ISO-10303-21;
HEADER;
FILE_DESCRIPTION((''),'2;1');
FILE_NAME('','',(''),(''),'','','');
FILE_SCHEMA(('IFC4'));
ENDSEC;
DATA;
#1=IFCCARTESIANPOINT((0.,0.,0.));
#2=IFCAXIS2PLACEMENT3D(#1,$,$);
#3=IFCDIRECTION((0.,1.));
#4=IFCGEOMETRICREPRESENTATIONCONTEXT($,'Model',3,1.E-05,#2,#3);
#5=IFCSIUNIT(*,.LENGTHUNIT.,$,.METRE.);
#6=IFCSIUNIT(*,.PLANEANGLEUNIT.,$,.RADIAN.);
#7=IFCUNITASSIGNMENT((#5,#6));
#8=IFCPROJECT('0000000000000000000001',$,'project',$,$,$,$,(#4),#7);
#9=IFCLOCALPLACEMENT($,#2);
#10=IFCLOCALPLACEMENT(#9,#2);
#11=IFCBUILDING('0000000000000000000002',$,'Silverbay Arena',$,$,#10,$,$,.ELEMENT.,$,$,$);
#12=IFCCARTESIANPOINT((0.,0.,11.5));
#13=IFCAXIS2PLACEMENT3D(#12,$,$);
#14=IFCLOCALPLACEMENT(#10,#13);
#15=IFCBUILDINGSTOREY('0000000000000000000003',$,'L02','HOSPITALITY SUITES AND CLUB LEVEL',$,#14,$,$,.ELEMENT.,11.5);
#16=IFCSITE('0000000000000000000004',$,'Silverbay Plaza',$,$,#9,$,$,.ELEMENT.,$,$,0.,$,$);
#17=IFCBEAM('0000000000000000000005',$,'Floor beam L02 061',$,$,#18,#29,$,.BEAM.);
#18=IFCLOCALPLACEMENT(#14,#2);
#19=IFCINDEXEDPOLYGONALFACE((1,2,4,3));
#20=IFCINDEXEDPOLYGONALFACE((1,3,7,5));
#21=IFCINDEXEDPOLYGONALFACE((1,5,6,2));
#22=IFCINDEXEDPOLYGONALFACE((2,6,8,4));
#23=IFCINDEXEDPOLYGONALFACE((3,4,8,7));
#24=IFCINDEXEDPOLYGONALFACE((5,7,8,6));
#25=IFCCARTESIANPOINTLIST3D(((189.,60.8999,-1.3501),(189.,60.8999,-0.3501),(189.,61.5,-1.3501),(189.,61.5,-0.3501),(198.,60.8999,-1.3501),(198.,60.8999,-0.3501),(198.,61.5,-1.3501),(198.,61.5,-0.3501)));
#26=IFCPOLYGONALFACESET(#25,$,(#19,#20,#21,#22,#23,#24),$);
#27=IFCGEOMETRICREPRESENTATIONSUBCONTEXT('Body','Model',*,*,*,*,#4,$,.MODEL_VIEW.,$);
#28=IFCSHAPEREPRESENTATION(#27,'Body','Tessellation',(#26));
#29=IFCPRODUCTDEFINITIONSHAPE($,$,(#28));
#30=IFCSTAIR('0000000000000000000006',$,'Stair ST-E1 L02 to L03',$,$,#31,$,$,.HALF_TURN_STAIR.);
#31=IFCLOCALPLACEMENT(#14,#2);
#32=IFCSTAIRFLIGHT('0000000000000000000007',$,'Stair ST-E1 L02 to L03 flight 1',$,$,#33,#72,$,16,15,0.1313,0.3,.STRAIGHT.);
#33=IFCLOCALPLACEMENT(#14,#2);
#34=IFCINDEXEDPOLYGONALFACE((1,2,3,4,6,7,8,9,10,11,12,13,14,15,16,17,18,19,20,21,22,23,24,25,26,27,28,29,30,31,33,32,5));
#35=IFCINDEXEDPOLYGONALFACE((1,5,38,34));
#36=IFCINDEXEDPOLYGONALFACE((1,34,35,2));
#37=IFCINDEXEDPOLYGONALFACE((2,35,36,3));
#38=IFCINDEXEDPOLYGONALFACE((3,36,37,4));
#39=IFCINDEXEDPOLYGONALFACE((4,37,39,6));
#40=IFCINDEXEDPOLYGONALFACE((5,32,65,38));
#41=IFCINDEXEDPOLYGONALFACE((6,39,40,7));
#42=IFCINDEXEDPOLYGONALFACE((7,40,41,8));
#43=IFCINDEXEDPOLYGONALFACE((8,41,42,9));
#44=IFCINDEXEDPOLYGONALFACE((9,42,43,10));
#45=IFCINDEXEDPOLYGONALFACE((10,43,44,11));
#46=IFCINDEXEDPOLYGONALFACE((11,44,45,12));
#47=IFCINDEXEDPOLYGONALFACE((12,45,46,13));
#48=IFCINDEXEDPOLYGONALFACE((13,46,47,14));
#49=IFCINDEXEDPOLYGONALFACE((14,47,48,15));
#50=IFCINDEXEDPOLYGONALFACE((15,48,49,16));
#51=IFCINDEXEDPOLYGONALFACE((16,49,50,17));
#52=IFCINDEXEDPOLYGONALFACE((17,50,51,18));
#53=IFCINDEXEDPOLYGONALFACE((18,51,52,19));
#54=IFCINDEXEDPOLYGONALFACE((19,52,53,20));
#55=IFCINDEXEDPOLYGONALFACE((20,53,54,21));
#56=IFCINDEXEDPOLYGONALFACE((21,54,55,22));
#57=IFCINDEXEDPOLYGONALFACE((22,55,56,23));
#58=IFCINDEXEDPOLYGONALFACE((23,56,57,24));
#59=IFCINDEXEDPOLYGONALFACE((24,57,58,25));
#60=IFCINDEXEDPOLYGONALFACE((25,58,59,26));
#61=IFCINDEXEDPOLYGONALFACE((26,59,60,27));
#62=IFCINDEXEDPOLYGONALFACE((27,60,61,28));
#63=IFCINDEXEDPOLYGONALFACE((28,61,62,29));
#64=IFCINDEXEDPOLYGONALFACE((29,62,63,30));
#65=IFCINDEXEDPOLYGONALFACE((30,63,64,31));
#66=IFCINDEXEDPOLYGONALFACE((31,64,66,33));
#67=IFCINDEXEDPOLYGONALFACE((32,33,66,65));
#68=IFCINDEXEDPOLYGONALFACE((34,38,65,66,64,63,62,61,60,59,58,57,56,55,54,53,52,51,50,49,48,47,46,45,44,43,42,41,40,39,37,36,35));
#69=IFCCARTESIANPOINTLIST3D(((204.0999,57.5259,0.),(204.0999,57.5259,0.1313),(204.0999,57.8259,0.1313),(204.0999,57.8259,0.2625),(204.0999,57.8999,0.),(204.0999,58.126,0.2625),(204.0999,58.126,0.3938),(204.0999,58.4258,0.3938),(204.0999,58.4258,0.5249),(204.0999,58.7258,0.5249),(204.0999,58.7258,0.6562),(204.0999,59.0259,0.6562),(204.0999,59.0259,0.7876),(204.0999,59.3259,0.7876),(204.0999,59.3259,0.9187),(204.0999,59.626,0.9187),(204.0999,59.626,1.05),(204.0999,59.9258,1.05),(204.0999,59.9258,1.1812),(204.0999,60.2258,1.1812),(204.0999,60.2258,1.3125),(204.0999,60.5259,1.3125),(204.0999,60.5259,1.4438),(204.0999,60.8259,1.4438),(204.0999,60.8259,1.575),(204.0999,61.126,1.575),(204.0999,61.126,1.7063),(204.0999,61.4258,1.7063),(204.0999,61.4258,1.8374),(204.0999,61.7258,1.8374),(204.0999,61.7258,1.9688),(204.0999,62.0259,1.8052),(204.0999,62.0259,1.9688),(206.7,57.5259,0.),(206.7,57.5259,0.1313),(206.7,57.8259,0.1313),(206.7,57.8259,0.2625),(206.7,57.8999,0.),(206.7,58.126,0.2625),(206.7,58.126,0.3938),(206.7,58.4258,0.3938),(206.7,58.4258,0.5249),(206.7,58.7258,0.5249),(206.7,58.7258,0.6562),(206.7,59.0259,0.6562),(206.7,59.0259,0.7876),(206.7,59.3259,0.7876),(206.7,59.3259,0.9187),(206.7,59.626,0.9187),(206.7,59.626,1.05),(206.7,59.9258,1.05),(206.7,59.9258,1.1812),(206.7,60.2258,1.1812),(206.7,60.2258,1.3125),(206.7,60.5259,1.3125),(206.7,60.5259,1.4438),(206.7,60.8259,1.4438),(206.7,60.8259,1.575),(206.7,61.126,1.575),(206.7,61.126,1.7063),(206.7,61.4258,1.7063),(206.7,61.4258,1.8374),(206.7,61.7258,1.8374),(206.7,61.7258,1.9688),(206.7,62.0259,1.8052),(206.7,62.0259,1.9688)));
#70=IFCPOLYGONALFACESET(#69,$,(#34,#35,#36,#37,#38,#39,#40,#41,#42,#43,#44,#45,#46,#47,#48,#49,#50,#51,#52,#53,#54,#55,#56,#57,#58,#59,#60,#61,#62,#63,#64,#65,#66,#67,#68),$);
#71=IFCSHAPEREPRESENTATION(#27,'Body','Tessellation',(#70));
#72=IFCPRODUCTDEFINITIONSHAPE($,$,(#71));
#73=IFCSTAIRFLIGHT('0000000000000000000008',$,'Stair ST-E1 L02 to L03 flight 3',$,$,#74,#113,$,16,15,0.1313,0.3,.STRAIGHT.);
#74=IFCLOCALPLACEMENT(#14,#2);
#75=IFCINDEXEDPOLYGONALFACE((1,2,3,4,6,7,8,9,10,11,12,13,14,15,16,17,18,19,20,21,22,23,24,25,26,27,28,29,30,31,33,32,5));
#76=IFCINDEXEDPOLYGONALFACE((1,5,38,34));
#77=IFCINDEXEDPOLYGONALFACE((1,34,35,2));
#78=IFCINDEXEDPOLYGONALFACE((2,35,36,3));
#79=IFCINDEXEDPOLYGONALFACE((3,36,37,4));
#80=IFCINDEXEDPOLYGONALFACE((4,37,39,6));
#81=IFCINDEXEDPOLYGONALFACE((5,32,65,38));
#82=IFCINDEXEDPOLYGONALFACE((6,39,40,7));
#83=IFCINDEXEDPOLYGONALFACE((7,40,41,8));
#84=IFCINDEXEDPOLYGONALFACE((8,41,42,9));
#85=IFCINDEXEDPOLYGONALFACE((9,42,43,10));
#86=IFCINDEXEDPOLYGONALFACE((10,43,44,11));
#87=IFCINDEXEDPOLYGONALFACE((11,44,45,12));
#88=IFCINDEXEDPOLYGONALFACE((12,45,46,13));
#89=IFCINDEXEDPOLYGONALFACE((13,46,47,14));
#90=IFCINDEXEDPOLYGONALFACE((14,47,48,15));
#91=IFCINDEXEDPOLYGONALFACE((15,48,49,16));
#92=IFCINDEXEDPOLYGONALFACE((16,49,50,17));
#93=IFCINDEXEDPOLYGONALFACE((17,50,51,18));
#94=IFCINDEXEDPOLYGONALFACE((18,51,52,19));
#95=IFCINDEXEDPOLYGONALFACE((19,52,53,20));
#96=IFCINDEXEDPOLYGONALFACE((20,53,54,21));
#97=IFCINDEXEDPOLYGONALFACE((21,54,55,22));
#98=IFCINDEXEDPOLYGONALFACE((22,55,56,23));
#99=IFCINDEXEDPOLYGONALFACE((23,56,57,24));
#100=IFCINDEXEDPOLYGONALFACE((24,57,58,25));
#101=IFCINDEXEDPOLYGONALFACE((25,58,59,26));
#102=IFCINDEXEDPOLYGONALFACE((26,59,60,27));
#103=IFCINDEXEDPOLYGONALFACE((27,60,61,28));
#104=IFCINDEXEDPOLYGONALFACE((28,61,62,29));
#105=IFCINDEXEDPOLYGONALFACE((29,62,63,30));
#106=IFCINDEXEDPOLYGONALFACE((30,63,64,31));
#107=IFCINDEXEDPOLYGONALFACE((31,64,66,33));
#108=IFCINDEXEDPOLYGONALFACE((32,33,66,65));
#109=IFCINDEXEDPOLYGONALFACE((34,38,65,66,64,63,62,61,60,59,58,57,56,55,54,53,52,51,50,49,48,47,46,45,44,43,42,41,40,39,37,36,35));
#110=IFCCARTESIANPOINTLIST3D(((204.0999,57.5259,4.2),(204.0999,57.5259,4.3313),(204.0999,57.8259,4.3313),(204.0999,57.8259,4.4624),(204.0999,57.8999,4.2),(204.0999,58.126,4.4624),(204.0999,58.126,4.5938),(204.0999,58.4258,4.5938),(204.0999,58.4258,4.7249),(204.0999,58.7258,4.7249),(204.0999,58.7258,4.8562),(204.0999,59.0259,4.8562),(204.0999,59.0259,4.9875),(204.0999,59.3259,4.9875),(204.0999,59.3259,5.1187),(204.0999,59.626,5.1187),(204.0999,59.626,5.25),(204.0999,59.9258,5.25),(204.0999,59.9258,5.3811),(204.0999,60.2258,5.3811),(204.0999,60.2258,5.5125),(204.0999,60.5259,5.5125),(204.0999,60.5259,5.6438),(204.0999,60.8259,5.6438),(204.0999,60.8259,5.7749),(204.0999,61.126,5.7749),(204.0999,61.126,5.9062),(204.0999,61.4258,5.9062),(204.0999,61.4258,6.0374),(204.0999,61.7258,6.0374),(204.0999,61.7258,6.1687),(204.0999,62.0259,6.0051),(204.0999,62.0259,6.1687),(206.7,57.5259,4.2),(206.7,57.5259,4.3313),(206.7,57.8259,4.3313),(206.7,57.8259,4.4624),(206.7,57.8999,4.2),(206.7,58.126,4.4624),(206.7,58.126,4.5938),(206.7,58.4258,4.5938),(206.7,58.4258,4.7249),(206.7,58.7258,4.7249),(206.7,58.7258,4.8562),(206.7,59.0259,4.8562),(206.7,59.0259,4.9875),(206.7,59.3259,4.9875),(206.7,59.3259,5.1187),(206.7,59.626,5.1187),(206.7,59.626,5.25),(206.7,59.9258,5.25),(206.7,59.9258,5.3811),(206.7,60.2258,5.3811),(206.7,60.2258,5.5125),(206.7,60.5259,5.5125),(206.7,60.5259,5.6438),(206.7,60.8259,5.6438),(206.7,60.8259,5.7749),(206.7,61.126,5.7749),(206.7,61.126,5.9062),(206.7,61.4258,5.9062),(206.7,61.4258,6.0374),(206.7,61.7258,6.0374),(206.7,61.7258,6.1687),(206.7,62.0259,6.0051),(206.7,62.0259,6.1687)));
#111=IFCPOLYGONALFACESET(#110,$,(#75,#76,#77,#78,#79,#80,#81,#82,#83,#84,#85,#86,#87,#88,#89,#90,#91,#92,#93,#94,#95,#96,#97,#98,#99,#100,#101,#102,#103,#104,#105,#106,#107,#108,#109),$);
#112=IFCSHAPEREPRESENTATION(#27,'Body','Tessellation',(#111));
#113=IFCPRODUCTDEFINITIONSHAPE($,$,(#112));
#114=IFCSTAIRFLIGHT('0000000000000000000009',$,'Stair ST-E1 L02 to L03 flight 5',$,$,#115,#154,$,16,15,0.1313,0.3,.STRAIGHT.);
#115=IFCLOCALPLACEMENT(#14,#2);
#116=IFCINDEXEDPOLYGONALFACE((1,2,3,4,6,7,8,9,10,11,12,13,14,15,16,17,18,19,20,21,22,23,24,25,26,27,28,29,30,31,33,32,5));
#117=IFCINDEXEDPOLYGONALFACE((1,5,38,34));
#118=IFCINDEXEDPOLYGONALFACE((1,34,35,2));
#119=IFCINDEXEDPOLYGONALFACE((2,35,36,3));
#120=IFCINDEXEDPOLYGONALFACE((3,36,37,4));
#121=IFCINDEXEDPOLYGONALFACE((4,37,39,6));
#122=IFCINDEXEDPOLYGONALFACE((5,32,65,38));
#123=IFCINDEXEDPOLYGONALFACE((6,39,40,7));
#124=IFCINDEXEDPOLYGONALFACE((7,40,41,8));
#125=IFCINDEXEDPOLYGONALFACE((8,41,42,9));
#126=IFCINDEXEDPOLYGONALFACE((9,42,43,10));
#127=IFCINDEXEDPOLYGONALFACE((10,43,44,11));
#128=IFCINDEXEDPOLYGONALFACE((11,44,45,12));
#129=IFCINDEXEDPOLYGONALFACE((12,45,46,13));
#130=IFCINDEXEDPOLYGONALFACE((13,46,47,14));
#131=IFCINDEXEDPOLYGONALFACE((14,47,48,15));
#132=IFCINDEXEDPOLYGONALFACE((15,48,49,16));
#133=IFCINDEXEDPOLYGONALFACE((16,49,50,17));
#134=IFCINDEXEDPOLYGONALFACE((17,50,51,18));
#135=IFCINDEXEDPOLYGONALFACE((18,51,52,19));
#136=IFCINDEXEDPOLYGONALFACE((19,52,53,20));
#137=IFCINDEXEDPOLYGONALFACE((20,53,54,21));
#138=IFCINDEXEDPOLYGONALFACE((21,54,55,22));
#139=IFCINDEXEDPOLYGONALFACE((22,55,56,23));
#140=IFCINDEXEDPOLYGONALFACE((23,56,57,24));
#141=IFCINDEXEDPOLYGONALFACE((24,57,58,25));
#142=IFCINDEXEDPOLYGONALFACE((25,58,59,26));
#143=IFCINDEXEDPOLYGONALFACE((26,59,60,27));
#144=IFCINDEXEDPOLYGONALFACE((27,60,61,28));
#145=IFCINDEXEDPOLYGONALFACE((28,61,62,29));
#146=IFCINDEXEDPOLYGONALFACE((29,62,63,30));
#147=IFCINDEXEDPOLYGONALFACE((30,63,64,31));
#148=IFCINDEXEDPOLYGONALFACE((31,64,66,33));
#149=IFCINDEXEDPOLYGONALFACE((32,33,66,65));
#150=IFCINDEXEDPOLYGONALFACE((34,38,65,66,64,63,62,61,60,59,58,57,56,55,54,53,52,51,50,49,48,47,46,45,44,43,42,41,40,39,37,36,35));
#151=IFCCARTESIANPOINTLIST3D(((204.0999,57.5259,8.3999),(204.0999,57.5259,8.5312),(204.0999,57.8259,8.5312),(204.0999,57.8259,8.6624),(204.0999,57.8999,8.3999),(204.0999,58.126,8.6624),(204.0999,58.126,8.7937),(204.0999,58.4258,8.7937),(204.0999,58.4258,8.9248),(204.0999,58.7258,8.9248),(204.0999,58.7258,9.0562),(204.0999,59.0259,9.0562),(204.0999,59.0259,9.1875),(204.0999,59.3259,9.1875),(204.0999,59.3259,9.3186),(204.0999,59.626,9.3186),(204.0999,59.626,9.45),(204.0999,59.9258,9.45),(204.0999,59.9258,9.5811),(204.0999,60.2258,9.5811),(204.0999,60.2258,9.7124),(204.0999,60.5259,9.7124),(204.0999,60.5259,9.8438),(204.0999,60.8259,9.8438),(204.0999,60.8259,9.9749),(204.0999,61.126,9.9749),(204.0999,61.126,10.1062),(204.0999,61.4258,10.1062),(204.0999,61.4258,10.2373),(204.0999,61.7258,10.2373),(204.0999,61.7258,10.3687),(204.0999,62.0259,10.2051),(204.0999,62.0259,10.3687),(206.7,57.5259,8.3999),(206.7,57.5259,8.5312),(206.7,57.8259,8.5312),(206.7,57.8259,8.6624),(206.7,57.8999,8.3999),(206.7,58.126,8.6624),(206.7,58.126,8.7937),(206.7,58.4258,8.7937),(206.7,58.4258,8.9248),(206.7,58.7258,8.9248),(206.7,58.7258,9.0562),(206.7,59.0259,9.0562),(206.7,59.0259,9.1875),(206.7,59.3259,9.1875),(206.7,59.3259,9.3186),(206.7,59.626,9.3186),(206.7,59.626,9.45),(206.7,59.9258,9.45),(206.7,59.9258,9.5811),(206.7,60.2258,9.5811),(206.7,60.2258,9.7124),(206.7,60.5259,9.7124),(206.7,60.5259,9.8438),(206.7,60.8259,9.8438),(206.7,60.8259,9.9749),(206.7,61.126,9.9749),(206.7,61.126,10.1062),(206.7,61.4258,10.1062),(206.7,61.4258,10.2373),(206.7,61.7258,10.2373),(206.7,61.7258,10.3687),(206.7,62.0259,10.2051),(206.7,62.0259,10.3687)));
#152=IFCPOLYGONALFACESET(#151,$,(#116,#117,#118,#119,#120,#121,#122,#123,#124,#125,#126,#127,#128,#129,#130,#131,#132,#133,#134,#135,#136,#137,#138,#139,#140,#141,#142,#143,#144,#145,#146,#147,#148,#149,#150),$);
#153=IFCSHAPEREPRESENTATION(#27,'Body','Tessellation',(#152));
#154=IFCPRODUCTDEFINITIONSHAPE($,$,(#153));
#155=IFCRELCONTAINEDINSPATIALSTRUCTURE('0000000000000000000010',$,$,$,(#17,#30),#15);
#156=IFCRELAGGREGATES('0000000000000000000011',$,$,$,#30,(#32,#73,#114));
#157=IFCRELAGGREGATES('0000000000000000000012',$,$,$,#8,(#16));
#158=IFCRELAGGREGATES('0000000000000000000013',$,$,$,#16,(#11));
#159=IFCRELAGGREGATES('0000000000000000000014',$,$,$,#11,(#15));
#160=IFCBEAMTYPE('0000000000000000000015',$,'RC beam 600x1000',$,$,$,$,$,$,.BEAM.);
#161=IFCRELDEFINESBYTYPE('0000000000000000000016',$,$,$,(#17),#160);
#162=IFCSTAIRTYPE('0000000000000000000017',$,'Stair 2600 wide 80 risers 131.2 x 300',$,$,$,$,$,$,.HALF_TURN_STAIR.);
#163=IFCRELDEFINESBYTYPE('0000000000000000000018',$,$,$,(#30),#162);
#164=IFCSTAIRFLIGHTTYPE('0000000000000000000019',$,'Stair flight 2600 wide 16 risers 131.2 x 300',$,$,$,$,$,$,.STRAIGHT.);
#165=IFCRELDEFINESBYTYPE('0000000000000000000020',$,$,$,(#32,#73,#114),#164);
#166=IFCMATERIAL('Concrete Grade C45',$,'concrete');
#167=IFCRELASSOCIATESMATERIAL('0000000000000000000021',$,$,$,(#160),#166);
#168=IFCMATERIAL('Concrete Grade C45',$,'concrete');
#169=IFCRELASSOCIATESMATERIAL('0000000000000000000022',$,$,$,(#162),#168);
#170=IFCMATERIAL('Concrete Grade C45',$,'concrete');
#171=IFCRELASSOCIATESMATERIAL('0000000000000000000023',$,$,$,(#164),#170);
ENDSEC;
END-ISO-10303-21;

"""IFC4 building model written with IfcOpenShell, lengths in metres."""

from ifc_helpers import new_model, si_unit, direction, frame, origin, origin_2d, place, context, subcontext, project, spatial, polyline, rectangle, outline, extrude, material, material_profile, profile_set, type_object, element, aggregate, save


model = new_model("IFC4")

# Units and contexts
model_context = context("Model", 3, precision=1e-05, world=origin(), true_north=direction((0.0, 1.0)))
body_context = subcontext(model_context, "Body", "Model", "MODEL_VIEW")
ifc_project = project(units=[si_unit("LENGTHUNIT", "METRE"), si_unit("PLANEANGLEUNIT", "RADIAN")], contexts=[model_context])

# Site, building, storey
site_placement = place(None, origin())
site = spatial("IfcSite", under=ifc_project, at=site_placement, Name="Silverbay Plaza", CompositionType="ELEMENT", RefElevation=0.0)
building_placement = place(site_placement, origin())
building = spatial("IfcBuilding", under=site, at=building_placement, Name="Silverbay Arena", CompositionType="ELEMENT")
storey_placement = place(building_placement, frame((0.0, 0.0, 11.5)))
storey = spatial("IfcBuildingStorey", under=building, at=storey_placement, Name="L02", Description="HOSPITALITY SUITES AND CLUB LEVEL", CompositionType="ELEMENT", Elevation=11.5)

# Beam
ifc_material_1 = material(Name="Concrete Grade C45", Category="concrete")
ifc_material_profile = material_profile(ifc_material_1, rectangle(XDim=0.6001, YDim=1.0, at=origin_2d()), Name="RC 600x1000")
ifc_profile_set = profile_set([ifc_material_profile], Name="Concrete Grade C45")
beam_type = type_object("IfcBeamType", Name="RC beam 600x1000", PredefinedType="BEAM", material=ifc_profile_set)
beam_placement = place(storey_placement, frame((189.0, 61.2, -0.8501), z_axis=(1.0, 0.0, 0.0), x_axis=(0.0, 1.0, 0.0)))
element("IfcBeam", 1, at=beam_placement, inside=storey, type_object=beam_type, Name="Floor beam L02 061", PredefinedType="BEAM", context=body_context, shape_type="SweptSolid", body=[
    extrude(rectangle(XDim=0.6001, YDim=1.0, at=origin_2d()), origin(), (0.0, 0.0, 1.0), 9.0),
])

# Stair, stair flights
ifc_material_2 = material(Name="Concrete Grade C45", Category="concrete")
stair_type = type_object("IfcStairType", Name="Stair 2600 wide 80 risers 131.2 x 300", PredefinedType="HALF_TURN_STAIR", material=ifc_material_2)
stair_1_placement = place(storey_placement, origin())
stair_1 = element("IfcStair", 2, at=stair_1_placement, inside=storey, type_object=stair_type, Name="Stair ST-E1 L02 to L03", PredefinedType="HALF_TURN_STAIR")
ifc_material_3 = material(Name="Concrete Grade C45", Category="concrete")
stair_flight_type = type_object("IfcStairFlightType", Name="Stair flight 2600 wide 16 risers 131.2 x 300", PredefinedType="STRAIGHT", material=ifc_material_3)
stair_flight_1_placement = place(storey_placement, frame((205.3999, 57.5259, 0.0), z_axis=(0.0, 0.0, 1.0), x_axis=(0.0, 1.0, 0.0)))
stair_flight_1 = element("IfcStairFlight", 3, at=stair_flight_1_placement, type_object=stair_flight_type, Name="Stair ST-E1 L02 to L03 flight 1", NumberOfRisers=16, NumberOfTreads=15, PredefinedType="STRAIGHT", RiserHeight=0.1313, TreadLength=0.3, context=body_context, shape_type="SweptSolid", body=[
    extrude(outline(polyline([(0.0, 0.0), (0.0, 0.1313), (0.3, 0.1313), (0.3, 0.2625), (0.6001, 0.2625), (0.6001, 0.3938), (0.8999, 0.3938), (0.8999, 0.5249), (1.2, 0.5249), (1.2, 0.6562), (1.5, 0.6562), (1.5, 0.7876), (1.8, 0.7876), (1.8, 0.9187), (2.1001, 0.9187), (2.1001, 1.05), (2.3999, 1.05), (2.3999, 1.1812), (2.7, 1.1812), (2.7, 1.3125), (3.0, 1.3125), (3.0, 1.4438), (3.3, 1.4438), (3.3, 1.575), (3.6001, 1.575), (3.6001, 1.7063), (3.8999, 1.7063), (3.8999, 1.8374), (4.2, 1.8374), (4.2, 1.9688), (4.5, 1.9688), (4.5, 1.8052), (0.374, 0.0), (0.0, 0.0)])), frame((0.0, 1.3, 0.0), z_axis=(0.0, -1.0, 0.0), x_axis=(1.0, 0.0, 0.0)), (0.0, 0.0, 1.0), 2.6001),
])
stair_flight_2_placement = place(storey_placement, frame((205.3999, 57.5259, 4.2), z_axis=(0.0, 0.0, 1.0), x_axis=(0.0, 1.0, 0.0)))
stair_flight_2 = element("IfcStairFlight", 4, at=stair_flight_2_placement, type_object=stair_flight_type, Name="Stair ST-E1 L02 to L03 flight 3", NumberOfRisers=16, NumberOfTreads=15, PredefinedType="STRAIGHT", RiserHeight=0.1313, TreadLength=0.3, context=body_context, shape_type="SweptSolid", body=[
    extrude(outline(polyline([(0.0, 0.0), (0.0, 0.1313), (0.3, 0.1313), (0.3, 0.2625), (0.6001, 0.2625), (0.6001, 0.3938), (0.8999, 0.3938), (0.8999, 0.5249), (1.2, 0.5249), (1.2, 0.6562), (1.5, 0.6562), (1.5, 0.7876), (1.8, 0.7876), (1.8, 0.9187), (2.1001, 0.9187), (2.1001, 1.05), (2.3999, 1.05), (2.3999, 1.1812), (2.7, 1.1812), (2.7, 1.3125), (3.0, 1.3125), (3.0, 1.4438), (3.3, 1.4438), (3.3, 1.575), (3.6001, 1.575), (3.6001, 1.7063), (3.8999, 1.7063), (3.8999, 1.8374), (4.2, 1.8374), (4.2, 1.9688), (4.5, 1.9688), (4.5, 1.8052), (0.374, 0.0), (0.0, 0.0)])), frame((0.0, 1.3, 0.0), z_axis=(0.0, -1.0, 0.0), x_axis=(1.0, 0.0, 0.0)), (0.0, 0.0, 1.0), 2.6001),
])
stair_flight_3_placement = place(storey_placement, frame((205.3999, 57.5259, 8.3999), z_axis=(0.0, 0.0, 1.0), x_axis=(0.0, 1.0, 0.0)))
stair_flight_3 = element("IfcStairFlight", 5, at=stair_flight_3_placement, type_object=stair_flight_type, Name="Stair ST-E1 L02 to L03 flight 5", NumberOfRisers=16, NumberOfTreads=15, PredefinedType="STRAIGHT", RiserHeight=0.1313, TreadLength=0.3, context=body_context, shape_type="SweptSolid", body=[
    extrude(outline(polyline([(0.0, 0.0), (0.0, 0.1313), (0.3, 0.1313), (0.3, 0.2625), (0.6001, 0.2625), (0.6001, 0.3938), (0.8999, 0.3938), (0.8999, 0.5249), (1.2, 0.5249), (1.2, 0.6562), (1.5, 0.6562), (1.5, 0.7876), (1.8, 0.7876), (1.8, 0.9187), (2.1001, 0.9187), (2.1001, 1.05), (2.3999, 1.05), (2.3999, 1.1812), (2.7, 1.1812), (2.7, 1.3125), (3.0, 1.3125), (3.0, 1.4438), (3.3, 1.4438), (3.3, 1.575), (3.6001, 1.575), (3.6001, 1.7063), (3.8999, 1.7063), (3.8999, 1.8374), (4.2, 1.8374), (4.2, 1.9688), (4.5, 1.9688), (4.5, 1.8052), (0.374, 0.0), (0.0, 0.0)])), frame((0.0, 1.3, 0.0), z_axis=(0.0, -1.0, 0.0), x_axis=(1.0, 0.0, 0.0)), (0.0, 0.0, 1.0), 2.6001),
])
aggregate(stair_1, [stair_flight_1, stair_flight_2, stair_flight_3])

save(model, "model.ifc")
